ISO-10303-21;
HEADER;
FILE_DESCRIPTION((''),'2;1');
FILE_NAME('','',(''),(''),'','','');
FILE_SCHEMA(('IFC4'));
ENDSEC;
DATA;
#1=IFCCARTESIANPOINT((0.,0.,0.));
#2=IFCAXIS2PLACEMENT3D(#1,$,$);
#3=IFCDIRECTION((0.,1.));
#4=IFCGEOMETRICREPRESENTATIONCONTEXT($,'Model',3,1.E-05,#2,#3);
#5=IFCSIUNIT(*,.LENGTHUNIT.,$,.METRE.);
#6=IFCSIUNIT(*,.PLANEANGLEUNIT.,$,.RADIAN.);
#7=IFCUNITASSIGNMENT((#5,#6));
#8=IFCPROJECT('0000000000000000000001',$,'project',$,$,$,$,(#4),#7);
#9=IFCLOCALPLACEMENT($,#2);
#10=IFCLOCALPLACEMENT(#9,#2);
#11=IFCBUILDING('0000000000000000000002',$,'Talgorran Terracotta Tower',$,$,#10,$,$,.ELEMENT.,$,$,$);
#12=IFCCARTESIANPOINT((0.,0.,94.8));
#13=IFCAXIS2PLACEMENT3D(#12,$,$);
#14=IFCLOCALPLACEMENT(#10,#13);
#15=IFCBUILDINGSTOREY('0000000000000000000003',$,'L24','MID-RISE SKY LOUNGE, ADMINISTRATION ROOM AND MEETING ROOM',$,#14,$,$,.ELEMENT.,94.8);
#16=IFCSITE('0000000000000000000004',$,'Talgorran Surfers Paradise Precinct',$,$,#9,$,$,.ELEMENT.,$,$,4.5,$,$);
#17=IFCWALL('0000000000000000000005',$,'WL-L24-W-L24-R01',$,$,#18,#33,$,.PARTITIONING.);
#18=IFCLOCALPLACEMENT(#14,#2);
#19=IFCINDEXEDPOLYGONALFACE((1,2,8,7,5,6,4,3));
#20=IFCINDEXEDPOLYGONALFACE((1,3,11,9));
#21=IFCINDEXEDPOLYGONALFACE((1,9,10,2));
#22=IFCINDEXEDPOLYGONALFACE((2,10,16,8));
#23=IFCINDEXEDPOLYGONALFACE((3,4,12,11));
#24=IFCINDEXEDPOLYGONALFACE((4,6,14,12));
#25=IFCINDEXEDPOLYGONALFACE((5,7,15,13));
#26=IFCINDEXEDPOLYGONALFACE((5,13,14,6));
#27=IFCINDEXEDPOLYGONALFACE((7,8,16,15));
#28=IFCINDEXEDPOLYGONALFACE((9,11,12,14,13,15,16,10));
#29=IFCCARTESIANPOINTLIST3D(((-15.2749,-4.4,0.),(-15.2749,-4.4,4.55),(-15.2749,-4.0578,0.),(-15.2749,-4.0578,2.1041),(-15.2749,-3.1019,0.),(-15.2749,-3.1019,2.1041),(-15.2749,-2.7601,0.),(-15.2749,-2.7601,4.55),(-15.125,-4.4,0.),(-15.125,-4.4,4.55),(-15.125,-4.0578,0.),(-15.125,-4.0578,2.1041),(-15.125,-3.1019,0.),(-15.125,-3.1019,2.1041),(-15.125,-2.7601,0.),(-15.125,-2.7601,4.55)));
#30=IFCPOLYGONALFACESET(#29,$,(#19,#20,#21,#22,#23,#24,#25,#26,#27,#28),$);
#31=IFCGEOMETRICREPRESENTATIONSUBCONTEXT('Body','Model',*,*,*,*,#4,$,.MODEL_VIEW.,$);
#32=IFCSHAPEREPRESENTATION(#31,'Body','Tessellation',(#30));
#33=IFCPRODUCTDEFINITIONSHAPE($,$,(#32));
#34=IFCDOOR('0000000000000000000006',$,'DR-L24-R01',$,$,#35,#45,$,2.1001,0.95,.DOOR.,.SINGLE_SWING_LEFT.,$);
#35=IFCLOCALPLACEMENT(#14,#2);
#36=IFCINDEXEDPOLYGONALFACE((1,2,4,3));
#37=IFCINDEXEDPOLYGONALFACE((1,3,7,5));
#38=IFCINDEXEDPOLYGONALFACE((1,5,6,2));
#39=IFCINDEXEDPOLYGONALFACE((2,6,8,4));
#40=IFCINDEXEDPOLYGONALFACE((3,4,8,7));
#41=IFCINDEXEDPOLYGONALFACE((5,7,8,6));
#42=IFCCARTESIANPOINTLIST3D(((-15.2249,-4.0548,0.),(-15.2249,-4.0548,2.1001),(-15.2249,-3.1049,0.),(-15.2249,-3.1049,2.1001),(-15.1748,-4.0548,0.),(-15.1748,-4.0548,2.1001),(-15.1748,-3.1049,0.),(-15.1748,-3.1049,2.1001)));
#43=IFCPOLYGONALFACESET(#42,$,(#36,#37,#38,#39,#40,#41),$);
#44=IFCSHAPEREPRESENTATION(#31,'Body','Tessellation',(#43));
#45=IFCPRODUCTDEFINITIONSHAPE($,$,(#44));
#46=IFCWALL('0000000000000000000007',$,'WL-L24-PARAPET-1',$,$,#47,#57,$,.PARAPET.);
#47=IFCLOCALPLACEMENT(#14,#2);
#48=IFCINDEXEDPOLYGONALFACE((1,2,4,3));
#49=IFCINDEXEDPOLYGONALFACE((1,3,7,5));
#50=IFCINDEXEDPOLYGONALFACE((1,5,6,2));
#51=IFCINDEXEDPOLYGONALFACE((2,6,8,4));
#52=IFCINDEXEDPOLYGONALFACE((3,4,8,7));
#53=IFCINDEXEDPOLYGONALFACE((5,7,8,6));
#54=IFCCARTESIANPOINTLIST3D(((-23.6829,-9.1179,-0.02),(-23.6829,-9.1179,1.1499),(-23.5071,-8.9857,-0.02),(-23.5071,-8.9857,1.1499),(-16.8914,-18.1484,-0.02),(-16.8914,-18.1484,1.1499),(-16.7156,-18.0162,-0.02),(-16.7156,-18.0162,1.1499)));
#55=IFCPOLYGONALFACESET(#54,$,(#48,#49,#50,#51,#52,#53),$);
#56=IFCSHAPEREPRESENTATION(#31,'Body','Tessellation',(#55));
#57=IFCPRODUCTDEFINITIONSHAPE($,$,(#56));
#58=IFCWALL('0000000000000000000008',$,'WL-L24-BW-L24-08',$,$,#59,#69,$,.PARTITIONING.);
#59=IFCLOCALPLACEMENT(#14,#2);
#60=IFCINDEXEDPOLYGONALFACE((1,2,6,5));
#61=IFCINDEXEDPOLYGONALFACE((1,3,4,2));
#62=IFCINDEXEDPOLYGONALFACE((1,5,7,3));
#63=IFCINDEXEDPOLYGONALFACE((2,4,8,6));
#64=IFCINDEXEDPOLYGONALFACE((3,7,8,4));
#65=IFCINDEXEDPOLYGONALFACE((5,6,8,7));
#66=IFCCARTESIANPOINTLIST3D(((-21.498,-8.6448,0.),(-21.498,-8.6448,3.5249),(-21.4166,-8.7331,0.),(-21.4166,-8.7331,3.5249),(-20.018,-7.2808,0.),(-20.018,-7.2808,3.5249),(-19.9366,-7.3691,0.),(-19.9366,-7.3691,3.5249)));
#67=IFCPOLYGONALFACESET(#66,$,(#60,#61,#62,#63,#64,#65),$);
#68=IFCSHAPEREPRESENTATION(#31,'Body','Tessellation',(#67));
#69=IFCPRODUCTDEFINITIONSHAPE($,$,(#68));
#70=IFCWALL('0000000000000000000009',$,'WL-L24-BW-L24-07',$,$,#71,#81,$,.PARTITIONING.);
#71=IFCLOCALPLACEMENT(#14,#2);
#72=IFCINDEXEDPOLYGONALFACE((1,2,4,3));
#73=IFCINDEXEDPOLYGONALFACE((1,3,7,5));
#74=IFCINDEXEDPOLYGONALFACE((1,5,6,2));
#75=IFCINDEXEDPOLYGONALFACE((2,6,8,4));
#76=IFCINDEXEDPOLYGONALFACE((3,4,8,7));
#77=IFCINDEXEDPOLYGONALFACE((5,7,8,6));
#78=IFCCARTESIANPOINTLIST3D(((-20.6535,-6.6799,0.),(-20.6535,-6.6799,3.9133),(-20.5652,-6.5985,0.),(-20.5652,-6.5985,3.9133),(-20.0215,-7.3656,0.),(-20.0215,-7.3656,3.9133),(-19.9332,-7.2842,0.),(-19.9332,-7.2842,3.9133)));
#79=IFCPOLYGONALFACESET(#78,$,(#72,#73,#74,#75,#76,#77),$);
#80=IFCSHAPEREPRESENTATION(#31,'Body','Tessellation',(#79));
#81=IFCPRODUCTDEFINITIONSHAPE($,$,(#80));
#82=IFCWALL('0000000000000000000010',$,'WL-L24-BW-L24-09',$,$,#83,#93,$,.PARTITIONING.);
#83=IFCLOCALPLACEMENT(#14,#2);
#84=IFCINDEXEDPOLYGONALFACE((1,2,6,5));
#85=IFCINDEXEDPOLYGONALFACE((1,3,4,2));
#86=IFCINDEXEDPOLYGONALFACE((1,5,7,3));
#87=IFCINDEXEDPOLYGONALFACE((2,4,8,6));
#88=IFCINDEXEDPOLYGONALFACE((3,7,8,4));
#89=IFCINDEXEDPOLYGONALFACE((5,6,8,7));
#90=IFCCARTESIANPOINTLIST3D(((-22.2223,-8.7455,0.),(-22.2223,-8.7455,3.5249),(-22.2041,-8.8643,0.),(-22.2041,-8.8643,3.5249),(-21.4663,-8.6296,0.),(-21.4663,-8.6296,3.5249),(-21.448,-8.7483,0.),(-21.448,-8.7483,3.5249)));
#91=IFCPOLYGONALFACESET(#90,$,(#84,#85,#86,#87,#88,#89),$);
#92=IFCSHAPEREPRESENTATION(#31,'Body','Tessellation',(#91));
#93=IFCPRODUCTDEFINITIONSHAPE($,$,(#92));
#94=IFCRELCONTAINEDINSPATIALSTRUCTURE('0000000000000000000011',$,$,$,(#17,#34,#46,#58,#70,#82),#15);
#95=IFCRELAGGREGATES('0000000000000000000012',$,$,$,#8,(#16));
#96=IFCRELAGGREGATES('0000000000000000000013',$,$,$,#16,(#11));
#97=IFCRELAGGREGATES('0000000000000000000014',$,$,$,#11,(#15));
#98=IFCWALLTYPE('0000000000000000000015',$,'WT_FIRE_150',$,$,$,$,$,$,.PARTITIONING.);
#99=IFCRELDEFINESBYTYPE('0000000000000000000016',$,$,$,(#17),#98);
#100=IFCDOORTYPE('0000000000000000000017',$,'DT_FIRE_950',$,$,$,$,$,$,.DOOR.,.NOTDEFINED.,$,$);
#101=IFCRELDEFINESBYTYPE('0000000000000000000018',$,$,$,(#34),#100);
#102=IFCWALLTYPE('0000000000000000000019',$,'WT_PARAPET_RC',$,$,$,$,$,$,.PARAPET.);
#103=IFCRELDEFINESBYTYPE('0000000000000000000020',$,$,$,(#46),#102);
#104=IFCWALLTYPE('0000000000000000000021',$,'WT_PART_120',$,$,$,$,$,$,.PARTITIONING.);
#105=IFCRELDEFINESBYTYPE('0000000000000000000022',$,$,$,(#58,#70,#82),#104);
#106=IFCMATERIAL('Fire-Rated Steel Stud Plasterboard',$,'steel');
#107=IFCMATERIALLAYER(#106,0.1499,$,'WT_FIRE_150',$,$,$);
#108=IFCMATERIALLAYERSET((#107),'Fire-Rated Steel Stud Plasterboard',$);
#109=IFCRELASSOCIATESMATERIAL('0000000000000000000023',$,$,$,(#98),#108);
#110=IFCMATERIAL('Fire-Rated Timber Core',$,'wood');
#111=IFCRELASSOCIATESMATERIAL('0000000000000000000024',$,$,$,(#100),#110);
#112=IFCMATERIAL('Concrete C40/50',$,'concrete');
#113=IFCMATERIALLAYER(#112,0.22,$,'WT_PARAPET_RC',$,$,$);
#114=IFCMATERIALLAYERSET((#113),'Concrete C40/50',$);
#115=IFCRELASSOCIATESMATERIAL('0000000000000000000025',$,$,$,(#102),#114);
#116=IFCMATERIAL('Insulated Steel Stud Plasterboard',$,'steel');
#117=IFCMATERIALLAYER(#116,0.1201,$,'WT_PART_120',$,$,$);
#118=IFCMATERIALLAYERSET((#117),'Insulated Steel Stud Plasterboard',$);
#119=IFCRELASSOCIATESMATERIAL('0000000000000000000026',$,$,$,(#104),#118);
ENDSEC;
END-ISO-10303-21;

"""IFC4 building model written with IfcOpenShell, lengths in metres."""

from ifc_helpers import new_model, si_unit, direction, frame, frame_2d, origin, place, context, subcontext, project, spatial, rectangle, extrude, material, layer, layer_set, type_object, element, fill, save


model = new_model("IFC4")

# Units and contexts
model_context = context("Model", 3, precision=1e-05, world=origin(), true_north=direction((0.0, 1.0)))
body_context = subcontext(model_context, "Body", "Model", "MODEL_VIEW")
ifc_project = project(units=[si_unit("LENGTHUNIT", "METRE"), si_unit("PLANEANGLEUNIT", "RADIAN")], contexts=[model_context])

# Site, building, storey
site_placement = place(None, origin())
site = spatial("IfcSite", under=ifc_project, at=site_placement, Name="Talgorran Surfers Paradise Precinct", CompositionType="ELEMENT", RefElevation=4.5)
building_placement = place(site_placement, origin())
building = spatial("IfcBuilding", under=site, at=building_placement, Name="Talgorran Terracotta Tower", CompositionType="ELEMENT")
storey_placement = place(building_placement, frame((0.0, 0.0, 94.8)))
storey = spatial("IfcBuildingStorey", under=building, at=storey_placement, Name="L24", Description="MID-RISE SKY LOUNGE, ADMINISTRATION ROOM AND MEETING ROOM", CompositionType="ELEMENT", Elevation=94.8)

# Shared definitions
ifc_material_1 = material(Name="Fire-Rated Steel Stud Plasterboard", Category="steel")
ifc_layer_1 = layer(ifc_material_1, 0.1499, Name="WT_FIRE_150")
ifc_layer_set_1 = layer_set([ifc_layer_1], Name="Fire-Rated Steel Stud Plasterboard")
wall_type_1 = type_object("IfcWallType", Name="WT_FIRE_150", PredefinedType="PARTITIONING", material=ifc_layer_set_1)

# Wall, opening, door
wall_1_placement = place(storey_placement, frame((-15.2, -4.3999, 0.0), z_axis=(0.0, 0.0, 1.0), x_axis=(0.0, 1.0, 0.0)))
wall_1 = element("IfcWall", 1, at=wall_1_placement, inside=storey, type_object=wall_type_1, Name="WL-L24-W-L24-R01", PredefinedType="PARTITIONING", context=body_context, shape_type="SweptSolid", body=[
    extrude(rectangle(XDim=1.6399, YDim=0.1499, at=frame_2d((0.8198, 0.0))), origin(), (0.0, 0.0, 1.0), 4.55),
])
opening_1_placement = place(wall_1_placement, frame((0.345, 0.0, 0.0)))
opening_1 = element("IfcOpeningElement", 2, at=opening_1_placement, cuts=wall_1, PredefinedType="OPENING", context=body_context, shape_type="SweptSolid", body=[
    extrude(rectangle(XDim=0.956, YDim=2.1041, at=frame_2d((0.4751, 1.052))), frame((0.0, 0.085, 0.0), z_axis=(0.0, -1.0, 0.0), x_axis=(1.0, 0.0, 0.0)), (0.0, 0.0, 1.0), 0.1699),
])
ifc_material_2 = material(Name="Fire-Rated Timber Core", Category="wood")
door_type_1 = type_object("IfcDoorType", Name="DT_FIRE_950", OperationType="NOTDEFINED", PredefinedType="DOOR", material=ifc_material_2)
door_1_placement = place(opening_1_placement, origin())
door_1 = element("IfcDoor", 3, at=door_1_placement, inside=storey, type_object=door_type_1, Name="DR-L24-R01", OperationType="SINGLE_SWING_LEFT", OverallHeight=2.1001, OverallWidth=0.95, PredefinedType="DOOR", context=body_context, shape_type="SweptSolid", body=[
    extrude(rectangle(XDim=0.95, YDim=2.1001, at=frame_2d((0.4751, 1.05))), frame((0.0, 0.0249, 0.0), z_axis=(0.0, -1.0, 0.0), x_axis=(1.0, 0.0, 0.0)), (0.0, 0.0, 1.0), 0.05),
])
fill(opening_1, door_1)

# Walls
ifc_material_3 = material(Name="Concrete C40/50", Category="concrete")
ifc_layer_2 = layer(ifc_material_3, 0.22, Name="WT_PARAPET_RC")
ifc_layer_set_2 = layer_set([ifc_layer_2], Name="Concrete C40/50")
wall_type_2 = type_object("IfcWallType", Name="WT_PARAPET_RC", PredefinedType="PARAPET", material=ifc_layer_set_2)
wall_2_placement = place(storey_placement, frame((-23.595, -9.0518, -0.02), z_axis=(0.0, 0.0, 1.0), x_axis=(0.601054, -0.799209, 0.0)))
element("IfcWall", 4, at=wall_2_placement, inside=storey, type_object=wall_type_2, Name="WL-L24-PARAPET-1", PredefinedType="PARAPET", context=body_context, shape_type="SweptSolid", body=[
    extrude(rectangle(XDim=11.2993, YDim=0.22, at=frame_2d((5.6497, 0.0))), origin(), (0.0, 0.0, 1.0), 1.1699),
])
ifc_material_4 = material(Name="Insulated Steel Stud Plasterboard", Category="steel")
ifc_layer_3 = layer(ifc_material_4, 0.1201, Name="WT_PART_120")
ifc_layer_set_3 = layer_set([ifc_layer_3], Name="Insulated Steel Stud Plasterboard")
wall_type_3 = type_object("IfcWallType", Name="WT_PART_120", PredefinedType="PARTITIONING", material=ifc_layer_set_3)
wall_3_placement = place(storey_placement, frame((-19.9773, -7.325, 0.0), z_axis=(0.0, 0.0, 1.0), x_axis=(-0.735329, -0.677711, 0.0)))
element("IfcWall", 5, at=wall_3_placement, inside=storey, type_object=wall_type_3, Name="WL-L24-BW-L24-08", PredefinedType="PARTITIONING", context=body_context, shape_type="SweptSolid", body=[
    extrude(rectangle(XDim=2.0127, YDim=0.1201, at=frame_2d((1.0063, 0.0))), origin(), (0.0, 0.0, 1.0), 3.5249),
])
wall_4_placement = place(storey_placement, frame((-20.6094, -6.6392, 0.0), z_axis=(0.0, 0.0, 1.0), x_axis=(0.677725, -0.735315, 0.0)))
element("IfcWall", 6, at=wall_4_placement, inside=storey, type_object=wall_type_3, Name="WL-L24-BW-L24-07", PredefinedType="PARTITIONING", context=body_context, shape_type="SweptSolid", body=[
    extrude(rectangle(XDim=0.9326, YDim=0.1201, at=frame_2d((0.4663, 0.0))), origin(), (0.0, 0.0, 1.0), 3.9133),
])
wall_5_placement = place(storey_placement, frame((-21.4573, -8.689, 0.0), z_axis=(0.0, 0.0, 1.0), x_axis=(-0.988442, -0.151601, 0.0)))
element("IfcWall", 7, at=wall_5_placement, inside=storey, type_object=wall_type_3, Name="WL-L24-BW-L24-09", PredefinedType="PARTITIONING", context=body_context, shape_type="SweptSolid", body=[
    extrude(rectangle(XDim=0.7649, YDim=0.1201, at=frame_2d((0.3823, 0.0))), origin(), (0.0, 0.0, 1.0), 3.5249),
])

save(model, "model.ifc")
